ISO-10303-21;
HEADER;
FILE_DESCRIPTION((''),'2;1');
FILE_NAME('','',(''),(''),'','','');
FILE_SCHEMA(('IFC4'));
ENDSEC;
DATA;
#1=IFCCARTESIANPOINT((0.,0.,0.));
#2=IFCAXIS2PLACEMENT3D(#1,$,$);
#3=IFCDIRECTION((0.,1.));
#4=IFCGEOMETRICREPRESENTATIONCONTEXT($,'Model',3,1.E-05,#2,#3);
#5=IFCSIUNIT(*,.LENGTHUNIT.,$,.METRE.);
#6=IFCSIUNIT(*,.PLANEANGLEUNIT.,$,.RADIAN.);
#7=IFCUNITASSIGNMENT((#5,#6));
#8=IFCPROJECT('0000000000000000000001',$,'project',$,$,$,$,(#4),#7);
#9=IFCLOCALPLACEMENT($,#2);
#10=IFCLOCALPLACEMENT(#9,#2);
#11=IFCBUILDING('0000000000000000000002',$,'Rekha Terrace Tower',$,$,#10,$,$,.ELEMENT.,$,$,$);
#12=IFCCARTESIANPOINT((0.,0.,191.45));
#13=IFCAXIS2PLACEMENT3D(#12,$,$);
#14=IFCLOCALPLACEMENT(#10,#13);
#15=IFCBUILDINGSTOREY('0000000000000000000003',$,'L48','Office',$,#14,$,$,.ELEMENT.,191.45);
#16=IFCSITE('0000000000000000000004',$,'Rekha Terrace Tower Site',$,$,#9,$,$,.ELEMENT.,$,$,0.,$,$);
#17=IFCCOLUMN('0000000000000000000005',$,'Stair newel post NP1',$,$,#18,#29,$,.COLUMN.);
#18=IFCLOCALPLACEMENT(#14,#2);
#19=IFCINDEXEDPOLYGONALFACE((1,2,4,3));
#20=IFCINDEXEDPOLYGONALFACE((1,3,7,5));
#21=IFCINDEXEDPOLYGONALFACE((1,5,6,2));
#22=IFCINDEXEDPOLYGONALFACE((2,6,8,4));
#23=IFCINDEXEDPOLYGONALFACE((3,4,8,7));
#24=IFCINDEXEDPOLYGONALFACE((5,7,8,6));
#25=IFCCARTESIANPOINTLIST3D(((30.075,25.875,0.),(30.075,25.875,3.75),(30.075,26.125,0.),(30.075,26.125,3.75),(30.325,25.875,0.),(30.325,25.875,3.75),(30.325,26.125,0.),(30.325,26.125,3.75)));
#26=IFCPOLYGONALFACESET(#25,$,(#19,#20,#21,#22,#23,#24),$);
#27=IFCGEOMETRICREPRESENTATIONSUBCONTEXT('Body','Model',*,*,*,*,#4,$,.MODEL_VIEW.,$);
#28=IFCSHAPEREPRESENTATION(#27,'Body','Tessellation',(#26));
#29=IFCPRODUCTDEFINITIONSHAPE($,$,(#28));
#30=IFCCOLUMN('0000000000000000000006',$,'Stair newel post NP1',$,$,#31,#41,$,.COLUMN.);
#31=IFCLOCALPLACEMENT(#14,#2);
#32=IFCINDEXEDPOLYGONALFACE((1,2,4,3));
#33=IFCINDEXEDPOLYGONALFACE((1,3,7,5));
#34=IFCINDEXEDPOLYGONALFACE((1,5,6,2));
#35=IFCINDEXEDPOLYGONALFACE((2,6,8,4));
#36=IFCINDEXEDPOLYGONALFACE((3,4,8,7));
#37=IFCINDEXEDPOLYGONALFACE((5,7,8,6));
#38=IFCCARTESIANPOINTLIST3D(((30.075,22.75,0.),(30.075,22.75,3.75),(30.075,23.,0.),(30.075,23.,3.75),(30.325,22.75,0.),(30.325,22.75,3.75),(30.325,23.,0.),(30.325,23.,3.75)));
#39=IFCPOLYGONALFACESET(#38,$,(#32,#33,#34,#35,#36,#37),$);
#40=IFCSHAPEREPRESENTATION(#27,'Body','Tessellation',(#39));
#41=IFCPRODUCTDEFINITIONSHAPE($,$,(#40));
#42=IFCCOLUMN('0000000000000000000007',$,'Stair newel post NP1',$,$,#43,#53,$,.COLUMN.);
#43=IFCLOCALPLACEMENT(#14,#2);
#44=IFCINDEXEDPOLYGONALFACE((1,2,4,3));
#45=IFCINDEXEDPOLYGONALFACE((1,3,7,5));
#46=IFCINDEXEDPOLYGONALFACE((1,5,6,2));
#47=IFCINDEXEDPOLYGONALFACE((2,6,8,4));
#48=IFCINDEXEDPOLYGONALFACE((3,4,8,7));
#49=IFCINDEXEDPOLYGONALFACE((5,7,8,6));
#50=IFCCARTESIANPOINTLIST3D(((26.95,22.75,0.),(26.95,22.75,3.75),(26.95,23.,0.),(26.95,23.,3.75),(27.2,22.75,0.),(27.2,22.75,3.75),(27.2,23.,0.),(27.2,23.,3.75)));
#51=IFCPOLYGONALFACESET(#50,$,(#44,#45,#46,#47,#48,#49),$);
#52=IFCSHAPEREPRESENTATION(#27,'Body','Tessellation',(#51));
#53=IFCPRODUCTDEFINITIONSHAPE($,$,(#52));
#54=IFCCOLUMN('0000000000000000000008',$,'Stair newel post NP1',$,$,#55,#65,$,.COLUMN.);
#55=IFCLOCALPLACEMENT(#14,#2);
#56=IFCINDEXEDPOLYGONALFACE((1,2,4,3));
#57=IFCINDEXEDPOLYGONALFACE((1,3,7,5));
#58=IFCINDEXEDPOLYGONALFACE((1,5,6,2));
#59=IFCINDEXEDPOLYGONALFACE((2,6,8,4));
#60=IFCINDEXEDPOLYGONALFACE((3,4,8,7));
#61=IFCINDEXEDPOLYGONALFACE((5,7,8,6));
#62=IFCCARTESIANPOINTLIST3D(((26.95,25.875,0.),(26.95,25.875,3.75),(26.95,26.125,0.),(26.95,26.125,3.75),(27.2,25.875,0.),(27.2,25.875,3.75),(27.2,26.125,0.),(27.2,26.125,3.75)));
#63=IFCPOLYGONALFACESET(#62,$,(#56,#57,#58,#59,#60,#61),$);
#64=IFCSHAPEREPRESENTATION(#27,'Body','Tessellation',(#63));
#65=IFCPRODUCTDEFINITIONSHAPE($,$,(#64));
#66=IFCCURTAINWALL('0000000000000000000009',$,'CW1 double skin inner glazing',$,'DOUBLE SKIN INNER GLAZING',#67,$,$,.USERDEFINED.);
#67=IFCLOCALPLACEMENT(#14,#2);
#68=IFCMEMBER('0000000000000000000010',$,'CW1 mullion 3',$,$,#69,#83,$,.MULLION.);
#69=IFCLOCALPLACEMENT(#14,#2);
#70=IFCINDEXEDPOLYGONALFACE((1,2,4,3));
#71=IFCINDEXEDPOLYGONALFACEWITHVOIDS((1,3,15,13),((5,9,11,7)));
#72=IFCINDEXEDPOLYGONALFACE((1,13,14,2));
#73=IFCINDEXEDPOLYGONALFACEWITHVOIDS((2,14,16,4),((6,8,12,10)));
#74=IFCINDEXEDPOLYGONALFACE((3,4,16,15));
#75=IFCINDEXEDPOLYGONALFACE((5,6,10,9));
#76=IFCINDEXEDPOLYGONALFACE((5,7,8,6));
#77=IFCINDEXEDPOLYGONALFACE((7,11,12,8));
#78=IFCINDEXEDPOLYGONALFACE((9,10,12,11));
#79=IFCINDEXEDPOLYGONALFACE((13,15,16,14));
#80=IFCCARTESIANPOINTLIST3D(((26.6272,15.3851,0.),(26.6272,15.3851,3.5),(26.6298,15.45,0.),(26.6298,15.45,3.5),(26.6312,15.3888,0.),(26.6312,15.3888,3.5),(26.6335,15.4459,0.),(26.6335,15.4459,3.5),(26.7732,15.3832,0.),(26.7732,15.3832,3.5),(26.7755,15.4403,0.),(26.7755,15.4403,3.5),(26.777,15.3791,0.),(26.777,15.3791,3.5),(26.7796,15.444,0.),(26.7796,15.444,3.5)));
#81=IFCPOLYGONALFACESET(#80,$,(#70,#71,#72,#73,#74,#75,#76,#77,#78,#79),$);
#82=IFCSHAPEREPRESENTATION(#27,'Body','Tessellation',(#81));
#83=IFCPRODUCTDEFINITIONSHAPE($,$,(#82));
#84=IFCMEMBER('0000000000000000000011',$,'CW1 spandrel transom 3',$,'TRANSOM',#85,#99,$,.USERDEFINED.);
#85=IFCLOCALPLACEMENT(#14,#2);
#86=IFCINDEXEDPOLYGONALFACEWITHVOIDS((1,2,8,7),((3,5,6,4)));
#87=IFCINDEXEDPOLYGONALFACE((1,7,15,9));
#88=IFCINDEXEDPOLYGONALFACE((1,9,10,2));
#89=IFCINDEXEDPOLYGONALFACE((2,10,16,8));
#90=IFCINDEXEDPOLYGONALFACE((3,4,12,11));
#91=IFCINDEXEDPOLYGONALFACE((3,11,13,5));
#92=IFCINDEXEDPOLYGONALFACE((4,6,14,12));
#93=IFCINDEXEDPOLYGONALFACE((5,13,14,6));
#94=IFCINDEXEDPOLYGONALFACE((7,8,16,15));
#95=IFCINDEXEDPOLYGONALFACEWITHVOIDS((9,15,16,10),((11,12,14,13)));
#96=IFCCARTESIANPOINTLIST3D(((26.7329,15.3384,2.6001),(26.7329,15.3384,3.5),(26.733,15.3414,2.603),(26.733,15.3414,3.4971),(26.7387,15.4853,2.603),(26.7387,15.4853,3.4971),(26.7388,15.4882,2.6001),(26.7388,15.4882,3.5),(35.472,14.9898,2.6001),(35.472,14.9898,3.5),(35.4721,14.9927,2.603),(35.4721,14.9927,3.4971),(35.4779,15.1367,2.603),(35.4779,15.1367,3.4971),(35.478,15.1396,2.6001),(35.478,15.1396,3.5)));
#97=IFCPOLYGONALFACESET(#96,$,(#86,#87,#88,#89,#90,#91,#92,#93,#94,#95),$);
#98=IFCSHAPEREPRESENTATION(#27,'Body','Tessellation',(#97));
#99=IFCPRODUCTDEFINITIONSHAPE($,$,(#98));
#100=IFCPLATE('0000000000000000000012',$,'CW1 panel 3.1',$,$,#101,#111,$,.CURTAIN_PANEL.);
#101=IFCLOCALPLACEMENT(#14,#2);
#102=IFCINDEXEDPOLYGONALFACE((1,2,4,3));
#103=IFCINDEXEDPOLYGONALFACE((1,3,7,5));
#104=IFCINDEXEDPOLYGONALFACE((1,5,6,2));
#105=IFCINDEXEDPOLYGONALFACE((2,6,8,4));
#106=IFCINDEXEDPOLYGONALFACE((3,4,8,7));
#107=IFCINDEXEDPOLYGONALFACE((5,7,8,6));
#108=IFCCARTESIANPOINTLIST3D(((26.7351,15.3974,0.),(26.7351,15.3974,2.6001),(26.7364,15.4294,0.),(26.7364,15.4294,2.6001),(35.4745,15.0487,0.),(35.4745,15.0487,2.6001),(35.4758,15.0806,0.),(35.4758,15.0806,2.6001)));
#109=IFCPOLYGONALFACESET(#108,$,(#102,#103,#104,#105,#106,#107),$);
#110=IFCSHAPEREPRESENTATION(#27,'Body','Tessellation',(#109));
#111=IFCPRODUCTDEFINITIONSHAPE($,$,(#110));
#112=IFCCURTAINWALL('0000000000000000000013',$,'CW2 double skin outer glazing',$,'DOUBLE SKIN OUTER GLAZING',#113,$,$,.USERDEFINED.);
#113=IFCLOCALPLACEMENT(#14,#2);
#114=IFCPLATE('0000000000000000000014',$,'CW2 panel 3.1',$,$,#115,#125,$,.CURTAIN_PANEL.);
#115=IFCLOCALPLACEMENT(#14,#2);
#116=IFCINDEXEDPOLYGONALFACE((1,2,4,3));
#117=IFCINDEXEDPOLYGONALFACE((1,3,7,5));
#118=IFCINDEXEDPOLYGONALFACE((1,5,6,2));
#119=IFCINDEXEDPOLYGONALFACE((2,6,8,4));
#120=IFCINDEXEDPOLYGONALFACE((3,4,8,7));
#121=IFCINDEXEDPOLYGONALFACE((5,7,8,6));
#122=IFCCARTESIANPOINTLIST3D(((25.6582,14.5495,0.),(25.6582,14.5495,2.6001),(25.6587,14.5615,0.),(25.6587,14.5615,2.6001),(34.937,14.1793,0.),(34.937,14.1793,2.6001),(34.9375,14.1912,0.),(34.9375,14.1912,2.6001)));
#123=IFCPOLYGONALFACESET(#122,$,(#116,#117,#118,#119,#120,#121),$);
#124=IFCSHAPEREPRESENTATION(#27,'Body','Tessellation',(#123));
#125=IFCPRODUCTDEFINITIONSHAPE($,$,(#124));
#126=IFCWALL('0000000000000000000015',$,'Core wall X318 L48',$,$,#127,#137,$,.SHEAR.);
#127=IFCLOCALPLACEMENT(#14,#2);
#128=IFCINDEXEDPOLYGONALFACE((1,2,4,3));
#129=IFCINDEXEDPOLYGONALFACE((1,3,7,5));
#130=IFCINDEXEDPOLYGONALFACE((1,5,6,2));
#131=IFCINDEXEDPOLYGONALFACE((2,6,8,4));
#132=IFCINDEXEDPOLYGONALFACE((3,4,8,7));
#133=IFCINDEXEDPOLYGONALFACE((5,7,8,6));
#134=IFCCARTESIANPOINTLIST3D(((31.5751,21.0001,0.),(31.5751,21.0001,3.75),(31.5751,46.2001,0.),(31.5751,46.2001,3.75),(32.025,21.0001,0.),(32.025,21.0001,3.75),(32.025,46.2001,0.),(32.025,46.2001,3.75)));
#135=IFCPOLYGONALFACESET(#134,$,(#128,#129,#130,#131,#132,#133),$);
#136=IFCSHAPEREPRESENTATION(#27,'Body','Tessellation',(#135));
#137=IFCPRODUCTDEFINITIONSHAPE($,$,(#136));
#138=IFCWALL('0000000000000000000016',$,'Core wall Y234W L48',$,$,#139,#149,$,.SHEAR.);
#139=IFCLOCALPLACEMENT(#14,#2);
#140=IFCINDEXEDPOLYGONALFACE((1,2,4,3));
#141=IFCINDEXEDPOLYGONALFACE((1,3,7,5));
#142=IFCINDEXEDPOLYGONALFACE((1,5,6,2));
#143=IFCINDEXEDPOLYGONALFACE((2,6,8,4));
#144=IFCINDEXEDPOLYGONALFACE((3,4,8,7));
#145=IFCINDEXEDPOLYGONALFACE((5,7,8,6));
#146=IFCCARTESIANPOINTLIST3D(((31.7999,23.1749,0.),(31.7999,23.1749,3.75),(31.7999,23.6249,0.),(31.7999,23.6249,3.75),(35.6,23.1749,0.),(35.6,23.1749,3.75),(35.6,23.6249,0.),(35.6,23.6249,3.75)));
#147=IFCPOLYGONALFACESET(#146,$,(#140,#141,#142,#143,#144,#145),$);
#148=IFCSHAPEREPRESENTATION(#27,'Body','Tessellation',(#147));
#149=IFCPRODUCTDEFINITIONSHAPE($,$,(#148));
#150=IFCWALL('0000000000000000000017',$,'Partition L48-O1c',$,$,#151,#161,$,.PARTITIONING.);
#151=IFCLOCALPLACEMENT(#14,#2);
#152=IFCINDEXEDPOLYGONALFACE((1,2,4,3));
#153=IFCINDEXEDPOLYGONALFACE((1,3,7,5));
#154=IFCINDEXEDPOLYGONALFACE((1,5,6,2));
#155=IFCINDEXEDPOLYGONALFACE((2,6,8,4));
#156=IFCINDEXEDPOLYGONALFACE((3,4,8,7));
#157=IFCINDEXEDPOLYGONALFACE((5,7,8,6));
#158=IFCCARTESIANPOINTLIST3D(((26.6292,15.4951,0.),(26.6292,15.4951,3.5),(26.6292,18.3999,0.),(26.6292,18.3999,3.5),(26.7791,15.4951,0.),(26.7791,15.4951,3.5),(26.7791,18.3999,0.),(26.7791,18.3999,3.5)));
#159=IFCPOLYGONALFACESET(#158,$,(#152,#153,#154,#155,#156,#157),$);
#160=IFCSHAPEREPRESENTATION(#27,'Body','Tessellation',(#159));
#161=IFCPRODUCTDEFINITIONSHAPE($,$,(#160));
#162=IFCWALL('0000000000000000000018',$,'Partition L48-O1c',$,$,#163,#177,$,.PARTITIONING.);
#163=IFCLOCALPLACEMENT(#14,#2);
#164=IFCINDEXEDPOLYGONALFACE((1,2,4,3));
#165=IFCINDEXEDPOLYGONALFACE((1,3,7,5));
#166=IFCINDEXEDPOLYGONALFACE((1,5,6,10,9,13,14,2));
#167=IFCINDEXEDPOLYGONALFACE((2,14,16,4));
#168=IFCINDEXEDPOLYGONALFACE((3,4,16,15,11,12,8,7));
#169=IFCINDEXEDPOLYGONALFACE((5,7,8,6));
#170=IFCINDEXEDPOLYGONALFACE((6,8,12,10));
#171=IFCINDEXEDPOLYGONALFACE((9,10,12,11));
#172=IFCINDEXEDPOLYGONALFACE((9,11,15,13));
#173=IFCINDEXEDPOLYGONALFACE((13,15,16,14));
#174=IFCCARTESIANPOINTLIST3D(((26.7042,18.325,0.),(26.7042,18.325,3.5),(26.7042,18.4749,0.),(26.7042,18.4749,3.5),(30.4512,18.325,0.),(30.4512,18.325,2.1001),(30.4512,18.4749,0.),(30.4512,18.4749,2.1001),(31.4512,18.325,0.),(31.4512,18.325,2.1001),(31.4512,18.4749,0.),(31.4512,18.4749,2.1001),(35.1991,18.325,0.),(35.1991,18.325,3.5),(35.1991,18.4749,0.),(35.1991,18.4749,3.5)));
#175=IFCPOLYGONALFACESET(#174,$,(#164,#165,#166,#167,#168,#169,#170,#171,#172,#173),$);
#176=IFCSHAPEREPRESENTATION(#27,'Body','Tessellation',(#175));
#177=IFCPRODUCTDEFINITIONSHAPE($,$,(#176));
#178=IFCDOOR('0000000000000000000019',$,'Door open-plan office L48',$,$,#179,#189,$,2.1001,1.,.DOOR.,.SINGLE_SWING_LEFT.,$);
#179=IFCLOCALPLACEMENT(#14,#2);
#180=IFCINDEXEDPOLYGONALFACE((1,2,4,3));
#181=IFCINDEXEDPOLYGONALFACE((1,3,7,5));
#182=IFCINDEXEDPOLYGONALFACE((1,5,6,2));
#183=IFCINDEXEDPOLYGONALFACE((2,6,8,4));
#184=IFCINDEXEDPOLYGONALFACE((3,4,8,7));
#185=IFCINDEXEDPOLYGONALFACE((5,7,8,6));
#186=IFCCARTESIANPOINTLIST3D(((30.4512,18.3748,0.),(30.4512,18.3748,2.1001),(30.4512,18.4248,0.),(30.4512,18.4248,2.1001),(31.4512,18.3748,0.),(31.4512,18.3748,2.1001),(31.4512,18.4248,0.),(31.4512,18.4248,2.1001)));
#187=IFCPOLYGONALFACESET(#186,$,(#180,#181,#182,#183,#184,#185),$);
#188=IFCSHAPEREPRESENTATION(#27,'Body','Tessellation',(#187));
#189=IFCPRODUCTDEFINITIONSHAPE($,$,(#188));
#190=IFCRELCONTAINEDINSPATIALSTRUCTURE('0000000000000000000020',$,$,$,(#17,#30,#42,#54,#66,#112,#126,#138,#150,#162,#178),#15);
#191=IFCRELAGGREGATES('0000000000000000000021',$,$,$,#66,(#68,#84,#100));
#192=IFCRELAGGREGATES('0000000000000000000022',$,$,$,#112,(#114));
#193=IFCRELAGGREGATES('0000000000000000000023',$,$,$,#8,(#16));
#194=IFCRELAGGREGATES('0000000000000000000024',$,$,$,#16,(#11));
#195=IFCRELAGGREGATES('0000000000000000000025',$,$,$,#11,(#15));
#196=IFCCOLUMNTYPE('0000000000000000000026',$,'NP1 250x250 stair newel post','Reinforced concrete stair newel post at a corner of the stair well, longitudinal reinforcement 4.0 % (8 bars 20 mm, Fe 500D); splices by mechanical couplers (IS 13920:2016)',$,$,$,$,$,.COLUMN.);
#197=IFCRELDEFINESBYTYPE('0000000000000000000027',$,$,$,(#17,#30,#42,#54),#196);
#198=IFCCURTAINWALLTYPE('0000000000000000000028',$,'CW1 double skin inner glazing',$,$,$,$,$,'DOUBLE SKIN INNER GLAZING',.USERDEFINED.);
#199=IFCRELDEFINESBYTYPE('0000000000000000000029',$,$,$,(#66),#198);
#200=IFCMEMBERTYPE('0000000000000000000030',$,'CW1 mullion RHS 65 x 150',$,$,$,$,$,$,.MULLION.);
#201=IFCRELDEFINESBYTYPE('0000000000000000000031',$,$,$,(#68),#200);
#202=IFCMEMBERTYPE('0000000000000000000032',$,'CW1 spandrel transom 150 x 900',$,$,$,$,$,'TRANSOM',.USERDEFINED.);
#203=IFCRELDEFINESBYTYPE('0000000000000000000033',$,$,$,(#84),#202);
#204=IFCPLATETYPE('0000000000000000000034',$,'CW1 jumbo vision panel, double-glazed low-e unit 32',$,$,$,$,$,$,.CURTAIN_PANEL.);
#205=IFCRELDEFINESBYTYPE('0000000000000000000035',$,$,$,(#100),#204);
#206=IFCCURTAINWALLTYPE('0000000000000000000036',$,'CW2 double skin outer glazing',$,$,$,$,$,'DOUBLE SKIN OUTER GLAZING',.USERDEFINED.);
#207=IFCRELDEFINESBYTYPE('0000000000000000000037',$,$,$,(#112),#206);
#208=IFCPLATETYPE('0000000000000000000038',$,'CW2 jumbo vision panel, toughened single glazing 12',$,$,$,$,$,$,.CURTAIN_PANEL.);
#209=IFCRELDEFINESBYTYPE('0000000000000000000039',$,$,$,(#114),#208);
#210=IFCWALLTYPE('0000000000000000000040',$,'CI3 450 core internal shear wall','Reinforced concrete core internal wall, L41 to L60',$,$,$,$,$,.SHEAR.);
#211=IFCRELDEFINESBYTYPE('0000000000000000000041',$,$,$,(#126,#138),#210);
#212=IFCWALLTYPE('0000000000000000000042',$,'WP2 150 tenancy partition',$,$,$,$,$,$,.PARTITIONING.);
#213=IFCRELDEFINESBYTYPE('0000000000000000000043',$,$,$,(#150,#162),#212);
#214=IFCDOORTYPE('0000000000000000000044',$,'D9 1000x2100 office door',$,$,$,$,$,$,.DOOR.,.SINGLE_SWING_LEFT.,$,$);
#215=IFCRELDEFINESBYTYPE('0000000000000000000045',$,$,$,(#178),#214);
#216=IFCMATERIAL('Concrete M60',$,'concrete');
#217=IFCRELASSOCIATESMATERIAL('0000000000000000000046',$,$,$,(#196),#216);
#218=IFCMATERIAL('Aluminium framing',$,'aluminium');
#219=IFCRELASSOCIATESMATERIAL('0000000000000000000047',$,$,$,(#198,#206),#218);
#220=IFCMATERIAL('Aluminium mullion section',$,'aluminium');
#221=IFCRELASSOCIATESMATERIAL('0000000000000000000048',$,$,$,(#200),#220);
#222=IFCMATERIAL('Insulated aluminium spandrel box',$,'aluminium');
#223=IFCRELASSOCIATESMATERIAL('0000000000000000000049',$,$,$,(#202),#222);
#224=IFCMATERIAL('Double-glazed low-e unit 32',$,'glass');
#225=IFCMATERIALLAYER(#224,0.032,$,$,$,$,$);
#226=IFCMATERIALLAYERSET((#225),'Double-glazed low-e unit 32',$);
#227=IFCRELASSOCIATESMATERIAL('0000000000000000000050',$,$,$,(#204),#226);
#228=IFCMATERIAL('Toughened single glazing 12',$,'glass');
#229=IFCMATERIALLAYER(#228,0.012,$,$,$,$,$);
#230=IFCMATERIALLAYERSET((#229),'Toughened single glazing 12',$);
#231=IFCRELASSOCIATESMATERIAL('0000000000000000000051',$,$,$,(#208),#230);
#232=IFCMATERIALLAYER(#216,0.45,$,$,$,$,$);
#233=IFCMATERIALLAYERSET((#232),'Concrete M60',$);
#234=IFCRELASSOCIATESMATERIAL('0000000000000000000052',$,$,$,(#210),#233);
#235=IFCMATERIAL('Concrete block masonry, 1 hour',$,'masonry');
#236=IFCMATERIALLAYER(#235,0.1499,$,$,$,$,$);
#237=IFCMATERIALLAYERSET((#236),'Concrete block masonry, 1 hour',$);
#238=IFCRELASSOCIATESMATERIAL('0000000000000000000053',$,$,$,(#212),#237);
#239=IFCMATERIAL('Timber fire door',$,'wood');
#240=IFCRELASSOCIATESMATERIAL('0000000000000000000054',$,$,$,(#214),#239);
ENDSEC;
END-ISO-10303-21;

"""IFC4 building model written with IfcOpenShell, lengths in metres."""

from ifc_helpers import new_model, si_unit, direction, frame, frame_2d, origin, origin_2d, place, context, subcontext, project, spatial, rectangle, hollow_rectangle, extrude, material, layer, layer_set, material_profile, profile_set, type_object, element, fill, aggregate, save


model = new_model("IFC4")

# Units and contexts
model_context = context("Model", 3, precision=1e-05, world=origin(), true_north=direction((0.0, 1.0)))
body_context = subcontext(model_context, "Body", "Model", "MODEL_VIEW")
ifc_project = project(units=[si_unit("LENGTHUNIT", "METRE"), si_unit("PLANEANGLEUNIT", "RADIAN")], contexts=[model_context])

# Site, building, storey
site_placement = place(None, origin())
site = spatial("IfcSite", under=ifc_project, at=site_placement, Name="Rekha Terrace Tower Site", CompositionType="ELEMENT", RefElevation=0.0)
building_placement = place(site_placement, origin())
building = spatial("IfcBuilding", under=site, at=building_placement, Name="Rekha Terrace Tower", CompositionType="ELEMENT")
storey_placement = place(building_placement, frame((0.0, 0.0, 191.45)))
storey = spatial("IfcBuildingStorey", under=building, at=storey_placement, Name="L48", Description="Office", CompositionType="ELEMENT", Elevation=191.45)

# Columns
ifc_material_1 = material(Name="Concrete M60", Category="concrete")
ifc_material_profile_1 = material_profile(ifc_material_1, rectangle(XDim=0.25, YDim=0.25, at=origin_2d()), Name="RC 250x250")
ifc_profile_set_1 = profile_set([ifc_material_profile_1], Name="Concrete M60")
column_type = type_object("IfcColumnType", Name="NP1 250x250 stair newel post", Description="Reinforced concrete stair newel post at a corner of the stair well, longitudinal reinforcement 4.0 % (8 bars 20 mm, Fe 500D); splices by mechanical couplers (IS 13920:2016)", PredefinedType="COLUMN", material=ifc_profile_set_1)
for number, where, z_axis, x_axis, name in (
    (1, (30.2, 26.0, 0.0), (0.0, 0.0, 1.0), (1.0, 0.0, 0.0), "Stair newel post NP1"),
    (2, (30.2, 22.875, 0.0), (0.0, 0.0, 1.0), (1.0, 0.0, 0.0), "Stair newel post NP1"),
    (3, (27.075, 22.875, 0.0), (0.0, 0.0, 1.0), (1.0, 0.0, 0.0), "Stair newel post NP1"),
    (4, (27.075, 26.0, 0.0), (0.0, 0.0, 1.0), (1.0, 0.0, 0.0), "Stair newel post NP1"),
):
    element("IfcColumn", number, at=place(storey_placement, frame(where, z_axis=z_axis, x_axis=x_axis)), inside=storey, type_object=column_type, Name=name, PredefinedType="COLUMN", context=body_context, shape_type="SweptSolid", body=[
        extrude(rectangle(XDim=0.25, YDim=0.25, at=origin_2d()), origin(), (0.0, 0.0, 1.0), 3.75),
    ])

# Curtain wall, members, plate
ifc_material_2 = material(Name="Aluminium framing", Category="aluminium")
curtain_wall_type_1 = type_object("IfcCurtainWallType", Name="CW1 double skin inner glazing", ElementType="DOUBLE SKIN INNER GLAZING", PredefinedType="USERDEFINED", material=ifc_material_2)
curtain_wall_1_placement = place(storey_placement, origin())
curtain_wall_1 = element("IfcCurtainWall", 5, at=curtain_wall_1_placement, inside=storey, type_object=curtain_wall_type_1, Name="CW1 double skin inner glazing", ObjectType="DOUBLE SKIN INNER GLAZING", PredefinedType="USERDEFINED")
ifc_material_3 = material(Name="Aluminium mullion section", Category="aluminium")
ifc_material_profile_2 = material_profile(ifc_material_3, hollow_rectangle(XDim=0.0649, YDim=0.1499, WallThickness=0.0039, at=origin_2d()), Name="AL RHS 65x150")
ifc_profile_set_2 = profile_set([ifc_material_profile_2], Name="Aluminium mullion section")
member_type_1 = type_object("IfcMemberType", Name="CW1 mullion RHS 65 x 150", PredefinedType="MULLION", material=ifc_profile_set_2)
member_1_placement = place(storey_placement, frame((26.7034, 15.4146, 0.0), z_axis=(0.0, 0.0, 1.0), x_axis=(0.039872, 0.999205, 0.0)))
member_1 = element("IfcMember", 6, at=member_1_placement, type_object=member_type_1, Name="CW1 mullion 3", PredefinedType="MULLION", context=body_context, shape_type="SweptSolid", body=[
    extrude(hollow_rectangle(XDim=0.0649, YDim=0.1499, WallThickness=0.0039, at=origin_2d()), origin(), (0.0, 0.0, 1.0), 3.5),
])
ifc_material_4 = material(Name="Insulated aluminium spandrel box", Category="aluminium")
ifc_material_profile_3 = material_profile(ifc_material_4, hollow_rectangle(XDim=0.1499, YDim=0.8999, WallThickness=0.0029, at=origin_2d()), Name="AL SPANDREL BOX 150x900")
ifc_profile_set_3 = profile_set([ifc_material_profile_3], Name="Insulated aluminium spandrel box")
member_type_2 = type_object("IfcMemberType", Name="CW1 spandrel transom 150 x 900", ElementType="TRANSOM", PredefinedType="USERDEFINED", material=ifc_profile_set_3)
member_2_placement = place(storey_placement, frame((26.7358, 15.4133, 3.05), z_axis=(0.999205, -0.039861, 0.0), x_axis=(0.039861, 0.999205, 0.0)))
member_2 = element("IfcMember", 7, at=member_2_placement, type_object=member_type_2, Name="CW1 spandrel transom 3", ObjectType="TRANSOM", PredefinedType="USERDEFINED", context=body_context, shape_type="SweptSolid", body=[
    extrude(hollow_rectangle(XDim=0.1499, YDim=0.8999, WallThickness=0.0029, at=origin_2d()), origin(), (0.0, 0.0, 1.0), 8.7461),
])
ifc_material_5 = material(Name="Double-glazed low-e unit 32", Category="glass")
ifc_layer_1 = layer(ifc_material_5, 0.032)
ifc_layer_set_1 = layer_set([ifc_layer_1], Name="Double-glazed low-e unit 32")
plate_type_1 = type_object("IfcPlateType", Name="CW1 jumbo vision panel, double-glazed low-e unit 32", PredefinedType="CURTAIN_PANEL", material=ifc_layer_set_1)
plate_1_placement = place(storey_placement, frame((31.1055, 15.239, 0.0), z_axis=(0.0, 0.0, 1.0), x_axis=(0.999205, -0.039872, 0.0)))
plate_1 = element("IfcPlate", 8, at=plate_1_placement, type_object=plate_type_1, Name="CW1 panel 3.1", PredefinedType="CURTAIN_PANEL", context=body_context, shape_type="SweptSolid", body=[
    extrude(rectangle(XDim=8.7463, YDim=0.032, at=origin_2d()), origin(), (0.0, 0.0, 1.0), 2.6001),
])
aggregate(curtain_wall_1, [member_1, member_2, plate_1])

# Curtain wall, plate
curtain_wall_type_2 = type_object("IfcCurtainWallType", Name="CW2 double skin outer glazing", ElementType="DOUBLE SKIN OUTER GLAZING", PredefinedType="USERDEFINED", material=ifc_material_2)
curtain_wall_2_placement = place(storey_placement, origin())
curtain_wall_2 = element("IfcCurtainWall", 9, at=curtain_wall_2_placement, inside=storey, type_object=curtain_wall_type_2, Name="CW2 double skin outer glazing", ObjectType="DOUBLE SKIN OUTER GLAZING", PredefinedType="USERDEFINED")
ifc_material_6 = material(Name="Toughened single glazing 12", Category="glass")
ifc_layer_2 = layer(ifc_material_6, 0.012)
ifc_layer_set_2 = layer_set([ifc_layer_2], Name="Toughened single glazing 12")
plate_type_2 = type_object("IfcPlateType", Name="CW2 jumbo vision panel, toughened single glazing 12", PredefinedType="CURTAIN_PANEL", material=ifc_layer_set_2)
plate_2_placement = place(storey_placement, frame((30.2979, 14.3704, 0.0), z_axis=(0.0, 0.0, 1.0), x_axis=(0.999205, -0.039872, 0.0)))
plate_2 = element("IfcPlate", 10, at=plate_2_placement, type_object=plate_type_2, Name="CW2 panel 3.1", PredefinedType="CURTAIN_PANEL", context=body_context, shape_type="SweptSolid", body=[
    extrude(rectangle(XDim=9.2861, YDim=0.012, at=origin_2d()), origin(), (0.0, 0.0, 1.0), 2.6001),
])
aggregate(curtain_wall_2, [plate_2])

# Walls
ifc_layer_3 = layer(ifc_material_1, 0.45)
ifc_layer_set_3 = layer_set([ifc_layer_3], Name="Concrete M60")
wall_type_1 = type_object("IfcWallType", Name="CI3 450 core internal shear wall", Description="Reinforced concrete core internal wall, L41 to L60", PredefinedType="SHEAR", material=ifc_layer_set_3)
wall_1_placement = place(storey_placement, frame((31.8, 21.0, 0.0), z_axis=(0.0, 0.0, 1.0), x_axis=(0.0, 1.0, 0.0)))
element("IfcWall", 11, at=wall_1_placement, inside=storey, type_object=wall_type_1, Name="Core wall X318 L48", PredefinedType="SHEAR", context=body_context, shape_type="SweptSolid", body=[
    extrude(rectangle(XDim=25.2, YDim=0.45, at=frame_2d((12.6001, 0.0))), origin(), (0.0, 0.0, 1.0), 3.75),
])
wall_2_placement = place(storey_placement, frame((31.8, 23.3999, 0.0), z_axis=(0.0, 0.0, 1.0), x_axis=(1.0, 0.0, 0.0)))
element("IfcWall", 12, at=wall_2_placement, inside=storey, type_object=wall_type_1, Name="Core wall Y234W L48", PredefinedType="SHEAR", context=body_context, shape_type="SweptSolid", body=[
    extrude(rectangle(XDim=3.8, YDim=0.45, at=frame_2d((1.8999, 0.0))), origin(), (0.0, 0.0, 1.0), 3.75),
])
ifc_material_7 = material(Name="Concrete block masonry, 1 hour", Category="masonry")
ifc_layer_4 = layer(ifc_material_7, 0.1499)
ifc_layer_set_4 = layer_set([ifc_layer_4], Name="Concrete block masonry, 1 hour")
wall_type_2 = type_object("IfcWallType", Name="WP2 150 tenancy partition", PredefinedType="PARTITIONING", material=ifc_layer_set_4)
wall_3_placement = place(storey_placement, frame((26.7041, 15.4951, 0.0), z_axis=(0.0, 0.0, 1.0), x_axis=(0.0, 1.0, 0.0)))
element("IfcWall", 13, at=wall_3_placement, inside=storey, type_object=wall_type_2, Name="Partition L48-O1c", PredefinedType="PARTITIONING", context=body_context, shape_type="SweptSolid", body=[
    extrude(rectangle(XDim=2.9048, YDim=0.1499, at=frame_2d((1.4524, 0.0))), origin(), (0.0, 0.0, 1.0), 3.5),
])

# Wall, opening, door
wall_4_placement = place(storey_placement, frame((26.7041, 18.3999, 0.0), z_axis=(0.0, 0.0, 1.0), x_axis=(1.0, 0.0, 0.0)))
wall_4 = element("IfcWall", 14, at=wall_4_placement, inside=storey, type_object=wall_type_2, Name="Partition L48-O1c", PredefinedType="PARTITIONING", context=body_context, shape_type="SweptSolid", body=[
    extrude(rectangle(XDim=8.4949, YDim=0.1499, at=frame_2d((4.2476, 0.0))), origin(), (0.0, 0.0, 1.0), 3.5),
])
opening_placement = place(wall_4_placement, frame((3.7471, 0.0, 0.0)))
opening = element("IfcOpeningElement", 15, at=opening_placement, cuts=wall_4, PredefinedType="OPENING", context=body_context, shape_type="SweptSolid", body=[
    extrude(rectangle(XDim=1.0, YDim=2.1001, at=frame_2d((0.5, 1.05))), frame((0.0, 0.085, 0.0), z_axis=(0.0, -1.0, 0.0), x_axis=(1.0, 0.0, 0.0)), (0.0, 0.0, 1.0), 0.1699),
])
ifc_material_8 = material(Name="Timber fire door", Category="wood")
door_type = type_object("IfcDoorType", Name="D9 1000x2100 office door", OperationType="SINGLE_SWING_LEFT", PredefinedType="DOOR", material=ifc_material_8)
door_placement = place(opening_placement, origin())
door = element("IfcDoor", 16, at=door_placement, inside=storey, type_object=door_type, Name="Door open-plan office L48", OperationType="SINGLE_SWING_LEFT", OverallHeight=2.1001, OverallWidth=1.0, PredefinedType="DOOR", context=body_context, shape_type="SweptSolid", body=[
    extrude(rectangle(XDim=1.0, YDim=2.1001, at=frame_2d((0.5, 1.05))), frame((0.0, 0.0249, 0.0), z_axis=(0.0, -1.0, 0.0), x_axis=(1.0, 0.0, 0.0)), (0.0, 0.0, 1.0), 0.05),
])
fill(opening, door)

save(model, "model.ifc")
